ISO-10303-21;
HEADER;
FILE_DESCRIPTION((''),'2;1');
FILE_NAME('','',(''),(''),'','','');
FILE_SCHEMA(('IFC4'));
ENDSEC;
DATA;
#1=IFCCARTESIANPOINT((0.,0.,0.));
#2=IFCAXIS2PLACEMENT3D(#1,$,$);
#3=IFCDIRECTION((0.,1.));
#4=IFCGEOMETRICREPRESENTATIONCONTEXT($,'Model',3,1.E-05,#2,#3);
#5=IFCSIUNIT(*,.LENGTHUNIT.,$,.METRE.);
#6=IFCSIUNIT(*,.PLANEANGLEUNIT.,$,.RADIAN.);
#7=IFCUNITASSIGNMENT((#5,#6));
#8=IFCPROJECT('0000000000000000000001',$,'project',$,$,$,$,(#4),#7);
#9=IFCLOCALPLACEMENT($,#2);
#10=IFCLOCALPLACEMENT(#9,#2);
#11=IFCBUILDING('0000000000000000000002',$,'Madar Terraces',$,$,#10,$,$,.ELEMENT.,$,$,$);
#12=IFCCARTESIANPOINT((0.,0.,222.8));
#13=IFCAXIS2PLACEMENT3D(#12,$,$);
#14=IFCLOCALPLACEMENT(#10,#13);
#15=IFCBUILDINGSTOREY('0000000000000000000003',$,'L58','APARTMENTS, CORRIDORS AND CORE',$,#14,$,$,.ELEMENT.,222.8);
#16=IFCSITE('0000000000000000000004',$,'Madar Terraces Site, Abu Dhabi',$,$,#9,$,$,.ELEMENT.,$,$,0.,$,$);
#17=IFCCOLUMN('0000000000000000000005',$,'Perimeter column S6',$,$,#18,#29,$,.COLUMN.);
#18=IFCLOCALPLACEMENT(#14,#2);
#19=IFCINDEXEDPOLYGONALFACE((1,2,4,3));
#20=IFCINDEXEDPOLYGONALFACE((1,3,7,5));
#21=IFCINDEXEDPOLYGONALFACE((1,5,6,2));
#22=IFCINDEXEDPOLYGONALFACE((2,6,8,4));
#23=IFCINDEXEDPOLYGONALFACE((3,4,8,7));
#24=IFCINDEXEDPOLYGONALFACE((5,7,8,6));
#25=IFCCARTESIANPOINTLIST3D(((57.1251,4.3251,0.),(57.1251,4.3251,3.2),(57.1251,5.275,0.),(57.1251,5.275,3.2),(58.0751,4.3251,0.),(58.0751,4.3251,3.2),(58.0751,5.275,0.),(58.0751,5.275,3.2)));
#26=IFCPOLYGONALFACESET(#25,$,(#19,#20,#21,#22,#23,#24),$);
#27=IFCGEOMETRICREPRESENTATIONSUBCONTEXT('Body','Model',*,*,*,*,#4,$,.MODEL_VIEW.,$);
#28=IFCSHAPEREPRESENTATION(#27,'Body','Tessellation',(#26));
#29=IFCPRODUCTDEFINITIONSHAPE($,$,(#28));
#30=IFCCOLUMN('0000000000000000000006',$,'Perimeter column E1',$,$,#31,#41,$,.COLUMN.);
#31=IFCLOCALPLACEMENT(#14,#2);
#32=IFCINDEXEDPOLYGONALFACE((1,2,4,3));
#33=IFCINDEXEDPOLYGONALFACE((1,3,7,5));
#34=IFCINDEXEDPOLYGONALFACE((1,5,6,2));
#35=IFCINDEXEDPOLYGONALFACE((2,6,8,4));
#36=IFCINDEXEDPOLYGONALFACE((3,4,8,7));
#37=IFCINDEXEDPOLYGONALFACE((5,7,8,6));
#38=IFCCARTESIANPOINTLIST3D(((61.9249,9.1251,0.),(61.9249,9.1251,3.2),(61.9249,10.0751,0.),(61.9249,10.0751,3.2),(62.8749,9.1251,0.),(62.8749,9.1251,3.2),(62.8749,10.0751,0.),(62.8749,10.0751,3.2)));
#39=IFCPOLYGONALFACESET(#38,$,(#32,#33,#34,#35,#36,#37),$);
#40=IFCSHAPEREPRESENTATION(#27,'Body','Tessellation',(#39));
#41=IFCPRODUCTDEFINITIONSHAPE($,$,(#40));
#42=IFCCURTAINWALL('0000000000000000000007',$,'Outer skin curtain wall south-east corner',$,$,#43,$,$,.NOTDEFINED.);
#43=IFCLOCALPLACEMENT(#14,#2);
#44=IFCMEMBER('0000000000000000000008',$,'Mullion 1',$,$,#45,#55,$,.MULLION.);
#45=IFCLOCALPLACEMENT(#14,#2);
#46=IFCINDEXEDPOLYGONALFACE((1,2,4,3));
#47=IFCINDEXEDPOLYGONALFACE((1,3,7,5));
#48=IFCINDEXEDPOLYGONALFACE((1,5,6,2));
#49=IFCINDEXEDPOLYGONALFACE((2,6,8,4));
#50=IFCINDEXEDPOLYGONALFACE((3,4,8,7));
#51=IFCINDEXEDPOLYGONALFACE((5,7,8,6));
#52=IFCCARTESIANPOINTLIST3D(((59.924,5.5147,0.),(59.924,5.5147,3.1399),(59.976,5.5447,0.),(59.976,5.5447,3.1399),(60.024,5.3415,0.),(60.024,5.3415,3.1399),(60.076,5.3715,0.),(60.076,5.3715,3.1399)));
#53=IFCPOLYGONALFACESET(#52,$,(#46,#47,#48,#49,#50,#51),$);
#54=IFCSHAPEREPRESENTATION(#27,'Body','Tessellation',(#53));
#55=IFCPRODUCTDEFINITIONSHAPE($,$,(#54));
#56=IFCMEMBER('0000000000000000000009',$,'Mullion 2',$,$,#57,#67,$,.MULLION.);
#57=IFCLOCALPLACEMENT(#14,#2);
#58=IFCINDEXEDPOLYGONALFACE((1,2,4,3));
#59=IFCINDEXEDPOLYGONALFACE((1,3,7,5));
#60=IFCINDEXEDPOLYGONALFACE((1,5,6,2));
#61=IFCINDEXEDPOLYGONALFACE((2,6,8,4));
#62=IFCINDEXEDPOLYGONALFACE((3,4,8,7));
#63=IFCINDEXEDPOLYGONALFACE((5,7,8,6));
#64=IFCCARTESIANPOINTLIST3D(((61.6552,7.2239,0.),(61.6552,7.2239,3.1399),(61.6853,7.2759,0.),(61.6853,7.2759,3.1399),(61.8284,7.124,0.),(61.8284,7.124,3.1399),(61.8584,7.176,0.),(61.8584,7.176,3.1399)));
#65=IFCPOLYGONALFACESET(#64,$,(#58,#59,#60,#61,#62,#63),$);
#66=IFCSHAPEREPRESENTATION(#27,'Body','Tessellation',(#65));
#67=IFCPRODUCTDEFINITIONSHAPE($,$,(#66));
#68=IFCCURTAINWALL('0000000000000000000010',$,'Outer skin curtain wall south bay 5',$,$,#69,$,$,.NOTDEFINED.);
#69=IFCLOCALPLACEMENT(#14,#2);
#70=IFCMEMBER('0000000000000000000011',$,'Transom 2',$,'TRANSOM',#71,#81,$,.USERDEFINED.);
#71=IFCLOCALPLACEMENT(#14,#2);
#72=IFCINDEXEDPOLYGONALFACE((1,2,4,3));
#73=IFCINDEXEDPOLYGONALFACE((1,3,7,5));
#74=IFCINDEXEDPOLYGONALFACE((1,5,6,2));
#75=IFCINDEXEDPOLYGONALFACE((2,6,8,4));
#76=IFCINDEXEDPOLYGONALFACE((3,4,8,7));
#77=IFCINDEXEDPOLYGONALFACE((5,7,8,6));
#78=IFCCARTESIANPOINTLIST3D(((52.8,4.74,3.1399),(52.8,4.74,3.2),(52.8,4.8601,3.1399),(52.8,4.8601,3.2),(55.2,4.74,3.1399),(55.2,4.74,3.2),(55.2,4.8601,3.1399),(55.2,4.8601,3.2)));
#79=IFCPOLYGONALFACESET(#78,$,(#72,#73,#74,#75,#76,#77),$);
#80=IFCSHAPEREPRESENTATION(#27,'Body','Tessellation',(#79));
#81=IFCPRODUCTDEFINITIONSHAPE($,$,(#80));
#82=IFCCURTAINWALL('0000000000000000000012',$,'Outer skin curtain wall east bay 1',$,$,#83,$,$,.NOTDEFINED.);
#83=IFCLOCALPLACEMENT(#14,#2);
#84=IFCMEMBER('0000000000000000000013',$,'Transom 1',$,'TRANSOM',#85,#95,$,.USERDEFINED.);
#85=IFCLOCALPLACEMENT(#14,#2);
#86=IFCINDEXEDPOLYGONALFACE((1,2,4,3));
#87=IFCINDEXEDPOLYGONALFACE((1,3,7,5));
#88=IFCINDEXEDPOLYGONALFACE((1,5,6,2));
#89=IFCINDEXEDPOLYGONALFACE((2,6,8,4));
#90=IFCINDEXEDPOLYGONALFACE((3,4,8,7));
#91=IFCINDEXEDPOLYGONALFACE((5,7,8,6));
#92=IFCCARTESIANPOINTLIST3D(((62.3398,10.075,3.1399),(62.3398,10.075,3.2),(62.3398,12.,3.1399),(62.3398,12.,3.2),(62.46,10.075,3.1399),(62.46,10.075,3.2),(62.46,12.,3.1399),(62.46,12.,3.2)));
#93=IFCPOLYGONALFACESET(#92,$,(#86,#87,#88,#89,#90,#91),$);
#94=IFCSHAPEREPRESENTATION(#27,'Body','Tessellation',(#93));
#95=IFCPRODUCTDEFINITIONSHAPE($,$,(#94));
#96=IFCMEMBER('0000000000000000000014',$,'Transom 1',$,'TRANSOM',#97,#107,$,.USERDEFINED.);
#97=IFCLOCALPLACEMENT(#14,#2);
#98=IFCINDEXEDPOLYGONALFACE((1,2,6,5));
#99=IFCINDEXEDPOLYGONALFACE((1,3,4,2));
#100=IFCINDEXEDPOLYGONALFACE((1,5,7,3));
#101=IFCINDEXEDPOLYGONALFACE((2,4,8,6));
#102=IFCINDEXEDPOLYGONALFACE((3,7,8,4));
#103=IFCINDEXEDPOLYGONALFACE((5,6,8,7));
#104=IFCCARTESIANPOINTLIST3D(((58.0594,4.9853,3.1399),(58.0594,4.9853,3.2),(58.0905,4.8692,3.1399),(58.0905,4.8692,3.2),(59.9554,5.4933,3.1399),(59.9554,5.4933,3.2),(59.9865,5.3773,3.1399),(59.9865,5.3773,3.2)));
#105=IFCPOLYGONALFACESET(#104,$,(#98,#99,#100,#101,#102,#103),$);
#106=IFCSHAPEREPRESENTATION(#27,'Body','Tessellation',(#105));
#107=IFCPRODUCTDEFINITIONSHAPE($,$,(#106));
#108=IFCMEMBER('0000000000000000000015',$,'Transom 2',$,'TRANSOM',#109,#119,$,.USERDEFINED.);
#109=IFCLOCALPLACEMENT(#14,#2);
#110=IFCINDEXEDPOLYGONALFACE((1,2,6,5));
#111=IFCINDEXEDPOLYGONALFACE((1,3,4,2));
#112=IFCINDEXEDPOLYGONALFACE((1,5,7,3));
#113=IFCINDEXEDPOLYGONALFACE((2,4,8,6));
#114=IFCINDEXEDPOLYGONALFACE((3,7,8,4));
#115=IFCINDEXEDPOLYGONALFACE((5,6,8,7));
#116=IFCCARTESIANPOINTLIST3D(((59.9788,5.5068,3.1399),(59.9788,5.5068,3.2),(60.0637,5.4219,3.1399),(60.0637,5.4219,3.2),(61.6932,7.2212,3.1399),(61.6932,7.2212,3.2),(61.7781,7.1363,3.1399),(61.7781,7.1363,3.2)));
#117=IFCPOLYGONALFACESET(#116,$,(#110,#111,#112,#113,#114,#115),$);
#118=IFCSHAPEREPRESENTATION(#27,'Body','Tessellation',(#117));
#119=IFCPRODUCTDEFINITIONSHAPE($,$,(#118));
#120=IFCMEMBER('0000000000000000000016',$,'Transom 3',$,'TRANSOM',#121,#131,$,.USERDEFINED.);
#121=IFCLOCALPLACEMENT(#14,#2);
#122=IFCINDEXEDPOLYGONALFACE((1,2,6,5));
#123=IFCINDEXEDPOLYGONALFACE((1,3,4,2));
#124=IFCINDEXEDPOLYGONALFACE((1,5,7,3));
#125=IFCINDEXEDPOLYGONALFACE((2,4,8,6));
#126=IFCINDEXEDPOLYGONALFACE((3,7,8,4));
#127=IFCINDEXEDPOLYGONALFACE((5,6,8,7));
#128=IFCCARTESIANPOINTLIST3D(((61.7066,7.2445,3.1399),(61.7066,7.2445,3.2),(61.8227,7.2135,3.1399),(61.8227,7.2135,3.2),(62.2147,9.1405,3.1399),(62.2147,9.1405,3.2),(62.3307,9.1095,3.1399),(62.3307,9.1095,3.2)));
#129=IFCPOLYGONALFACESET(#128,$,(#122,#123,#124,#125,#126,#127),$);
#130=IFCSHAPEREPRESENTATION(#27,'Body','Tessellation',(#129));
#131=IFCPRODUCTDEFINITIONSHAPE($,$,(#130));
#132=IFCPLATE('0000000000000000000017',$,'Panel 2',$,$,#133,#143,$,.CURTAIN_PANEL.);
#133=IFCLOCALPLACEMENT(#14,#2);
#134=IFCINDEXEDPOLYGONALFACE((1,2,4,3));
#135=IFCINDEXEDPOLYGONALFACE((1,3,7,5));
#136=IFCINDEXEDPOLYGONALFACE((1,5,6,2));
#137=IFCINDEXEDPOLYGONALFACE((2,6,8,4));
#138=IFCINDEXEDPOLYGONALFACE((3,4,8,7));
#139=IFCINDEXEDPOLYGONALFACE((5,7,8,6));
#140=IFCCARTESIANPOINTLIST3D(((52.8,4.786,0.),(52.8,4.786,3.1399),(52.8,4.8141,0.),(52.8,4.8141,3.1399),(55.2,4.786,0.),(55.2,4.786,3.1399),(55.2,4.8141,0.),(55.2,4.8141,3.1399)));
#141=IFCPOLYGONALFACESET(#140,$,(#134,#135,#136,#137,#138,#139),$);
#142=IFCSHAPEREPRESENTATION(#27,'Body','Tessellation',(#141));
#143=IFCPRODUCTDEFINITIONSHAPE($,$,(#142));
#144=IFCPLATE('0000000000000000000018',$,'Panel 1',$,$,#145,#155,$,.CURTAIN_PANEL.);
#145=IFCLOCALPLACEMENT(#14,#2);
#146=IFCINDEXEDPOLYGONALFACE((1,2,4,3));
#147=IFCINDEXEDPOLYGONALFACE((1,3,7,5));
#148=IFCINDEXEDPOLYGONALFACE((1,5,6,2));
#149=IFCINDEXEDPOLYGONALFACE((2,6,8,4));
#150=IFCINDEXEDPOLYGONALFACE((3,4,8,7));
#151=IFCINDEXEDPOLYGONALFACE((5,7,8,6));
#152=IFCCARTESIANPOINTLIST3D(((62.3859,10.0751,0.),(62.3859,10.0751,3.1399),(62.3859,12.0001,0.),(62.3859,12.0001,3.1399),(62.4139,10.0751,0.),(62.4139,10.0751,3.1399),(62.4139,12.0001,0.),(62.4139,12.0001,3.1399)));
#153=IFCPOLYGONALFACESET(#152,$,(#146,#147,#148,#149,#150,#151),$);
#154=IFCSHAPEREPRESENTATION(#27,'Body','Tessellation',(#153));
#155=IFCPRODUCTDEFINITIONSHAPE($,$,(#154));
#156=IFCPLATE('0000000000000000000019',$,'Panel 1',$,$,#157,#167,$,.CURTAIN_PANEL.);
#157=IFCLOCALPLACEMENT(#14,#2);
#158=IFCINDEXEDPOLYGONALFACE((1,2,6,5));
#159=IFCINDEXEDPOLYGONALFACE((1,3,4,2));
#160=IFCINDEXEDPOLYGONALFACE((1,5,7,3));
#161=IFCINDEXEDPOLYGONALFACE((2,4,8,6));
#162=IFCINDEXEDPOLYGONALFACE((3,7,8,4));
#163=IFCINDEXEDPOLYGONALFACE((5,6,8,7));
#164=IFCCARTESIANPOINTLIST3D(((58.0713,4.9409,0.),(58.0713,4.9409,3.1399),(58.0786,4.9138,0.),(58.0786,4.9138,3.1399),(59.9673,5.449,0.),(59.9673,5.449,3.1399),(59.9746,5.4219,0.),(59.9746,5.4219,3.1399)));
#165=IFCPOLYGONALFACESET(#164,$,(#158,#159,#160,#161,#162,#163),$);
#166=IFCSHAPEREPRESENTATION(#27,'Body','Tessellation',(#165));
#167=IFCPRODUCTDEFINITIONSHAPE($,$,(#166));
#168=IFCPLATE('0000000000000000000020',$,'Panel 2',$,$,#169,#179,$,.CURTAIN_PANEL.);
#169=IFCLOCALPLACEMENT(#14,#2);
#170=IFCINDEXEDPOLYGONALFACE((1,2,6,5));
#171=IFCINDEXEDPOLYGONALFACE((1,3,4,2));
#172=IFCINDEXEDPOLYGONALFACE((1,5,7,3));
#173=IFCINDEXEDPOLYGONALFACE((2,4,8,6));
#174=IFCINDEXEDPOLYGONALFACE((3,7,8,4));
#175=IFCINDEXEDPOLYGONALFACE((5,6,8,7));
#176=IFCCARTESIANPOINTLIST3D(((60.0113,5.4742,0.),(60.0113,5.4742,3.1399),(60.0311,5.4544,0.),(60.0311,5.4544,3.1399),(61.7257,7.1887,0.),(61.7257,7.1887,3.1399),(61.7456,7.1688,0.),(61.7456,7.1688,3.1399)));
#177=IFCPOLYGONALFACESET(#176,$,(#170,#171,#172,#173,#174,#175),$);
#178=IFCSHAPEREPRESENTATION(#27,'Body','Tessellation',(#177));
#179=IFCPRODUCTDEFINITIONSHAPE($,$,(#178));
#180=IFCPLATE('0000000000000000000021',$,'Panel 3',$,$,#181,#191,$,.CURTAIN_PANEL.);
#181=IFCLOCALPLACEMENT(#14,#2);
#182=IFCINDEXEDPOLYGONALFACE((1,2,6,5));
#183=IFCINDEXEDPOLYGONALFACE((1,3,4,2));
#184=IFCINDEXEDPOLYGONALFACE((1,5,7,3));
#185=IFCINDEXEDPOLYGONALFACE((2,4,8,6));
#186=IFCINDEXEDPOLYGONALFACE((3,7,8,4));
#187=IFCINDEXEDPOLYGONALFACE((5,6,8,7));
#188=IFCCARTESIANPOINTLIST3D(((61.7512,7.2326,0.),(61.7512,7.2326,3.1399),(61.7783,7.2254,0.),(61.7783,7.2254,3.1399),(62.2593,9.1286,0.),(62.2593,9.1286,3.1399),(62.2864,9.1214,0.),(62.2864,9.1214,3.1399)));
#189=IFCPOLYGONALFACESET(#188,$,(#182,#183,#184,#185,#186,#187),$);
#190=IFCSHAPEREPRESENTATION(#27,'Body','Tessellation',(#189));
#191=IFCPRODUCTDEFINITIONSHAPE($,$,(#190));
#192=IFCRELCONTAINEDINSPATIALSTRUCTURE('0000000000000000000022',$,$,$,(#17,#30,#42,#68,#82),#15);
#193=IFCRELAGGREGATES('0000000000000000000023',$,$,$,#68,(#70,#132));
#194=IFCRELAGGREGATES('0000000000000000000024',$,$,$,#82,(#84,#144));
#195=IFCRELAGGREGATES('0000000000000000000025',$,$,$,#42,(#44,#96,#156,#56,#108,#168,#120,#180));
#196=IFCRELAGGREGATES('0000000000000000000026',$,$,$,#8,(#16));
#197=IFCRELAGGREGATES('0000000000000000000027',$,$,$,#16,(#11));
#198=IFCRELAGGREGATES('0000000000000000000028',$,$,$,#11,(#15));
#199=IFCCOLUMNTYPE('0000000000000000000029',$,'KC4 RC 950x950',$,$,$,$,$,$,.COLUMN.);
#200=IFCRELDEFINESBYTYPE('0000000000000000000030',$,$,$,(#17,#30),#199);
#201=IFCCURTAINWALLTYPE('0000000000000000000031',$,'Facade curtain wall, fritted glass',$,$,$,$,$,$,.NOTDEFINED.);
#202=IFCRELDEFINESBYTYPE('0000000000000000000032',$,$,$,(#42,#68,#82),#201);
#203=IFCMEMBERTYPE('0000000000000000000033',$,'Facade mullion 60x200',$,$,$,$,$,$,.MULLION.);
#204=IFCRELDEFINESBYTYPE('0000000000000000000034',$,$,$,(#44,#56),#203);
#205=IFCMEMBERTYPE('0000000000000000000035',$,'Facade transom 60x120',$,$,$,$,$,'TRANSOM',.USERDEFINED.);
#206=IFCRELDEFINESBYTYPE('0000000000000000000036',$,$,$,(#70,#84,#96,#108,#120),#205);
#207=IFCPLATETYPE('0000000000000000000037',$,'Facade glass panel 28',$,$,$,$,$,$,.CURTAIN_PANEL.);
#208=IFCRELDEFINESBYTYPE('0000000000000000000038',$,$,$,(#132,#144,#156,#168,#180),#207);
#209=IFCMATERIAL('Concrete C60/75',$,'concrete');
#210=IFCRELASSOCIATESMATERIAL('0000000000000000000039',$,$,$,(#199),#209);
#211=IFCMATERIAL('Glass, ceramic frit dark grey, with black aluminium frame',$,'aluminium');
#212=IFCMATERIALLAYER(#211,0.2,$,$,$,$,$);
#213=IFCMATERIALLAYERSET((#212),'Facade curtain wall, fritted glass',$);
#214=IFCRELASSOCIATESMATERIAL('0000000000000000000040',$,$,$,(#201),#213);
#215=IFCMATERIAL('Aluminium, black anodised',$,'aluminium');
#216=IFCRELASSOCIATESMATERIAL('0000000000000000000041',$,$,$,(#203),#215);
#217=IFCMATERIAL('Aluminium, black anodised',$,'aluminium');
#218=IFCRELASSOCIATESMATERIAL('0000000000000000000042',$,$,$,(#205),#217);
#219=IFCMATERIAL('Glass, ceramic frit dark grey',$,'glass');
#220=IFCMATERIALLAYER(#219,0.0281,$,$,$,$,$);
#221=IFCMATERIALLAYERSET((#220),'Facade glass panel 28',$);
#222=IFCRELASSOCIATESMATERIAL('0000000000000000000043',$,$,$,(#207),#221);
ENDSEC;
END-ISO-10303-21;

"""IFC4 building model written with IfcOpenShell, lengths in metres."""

from ifc_helpers import new_model, si_unit, direction, frame, origin, origin_2d, place, context, subcontext, project, spatial, rectangle, extrude, material, layer, layer_set, material_profile, profile_set, type_object, element, aggregate, save


model = new_model("IFC4")

# Units and contexts
model_context = context("Model", 3, precision=1e-05, world=origin(), true_north=direction((0.0, 1.0)))
body_context = subcontext(model_context, "Body", "Model", "MODEL_VIEW")
ifc_project = project(units=[si_unit("LENGTHUNIT", "METRE"), si_unit("PLANEANGLEUNIT", "RADIAN")], contexts=[model_context])

# Site, building, storey
site_placement = place(None, origin())
site = spatial("IfcSite", under=ifc_project, at=site_placement, Name="Madar Terraces Site, Abu Dhabi", CompositionType="ELEMENT", RefElevation=0.0)
building_placement = place(site_placement, origin())
building = spatial("IfcBuilding", under=site, at=building_placement, Name="Madar Terraces", CompositionType="ELEMENT")
storey_placement = place(building_placement, frame((0.0, 0.0, 222.8)))
storey = spatial("IfcBuildingStorey", under=building, at=storey_placement, Name="L58", Description="APARTMENTS, CORRIDORS AND CORE", CompositionType="ELEMENT", Elevation=222.8)

# Columns
ifc_material_1 = material(Name="Concrete C60/75", Category="concrete")
ifc_material_profile_1 = material_profile(ifc_material_1, rectangle(XDim=0.95, YDim=0.95, at=origin_2d()), Name="KC4 RC 950x950")
ifc_profile_set_1 = profile_set([ifc_material_profile_1], Name="Concrete C60/75")
column_type = type_object("IfcColumnType", Name="KC4 RC 950x950", PredefinedType="COLUMN", material=ifc_profile_set_1)
for number, where, z_axis, x_axis, name in (
    (1, (57.6001, 4.8, 0.0), (0.0, 0.0, 1.0), (1.0, 0.0, 0.0), "Perimeter column S6"),
    (2, (62.3999, 9.6001, 0.0), (0.0, 0.0, 1.0), (1.0, 0.0, 0.0), "Perimeter column E1"),
):
    element("IfcColumn", number, at=place(storey_placement, frame(where, z_axis=z_axis, x_axis=x_axis)), inside=storey, type_object=column_type, Name=name, PredefinedType="COLUMN", context=body_context, shape_type="SweptSolid", body=[
        extrude(rectangle(XDim=0.95, YDim=0.95, at=origin_2d()), origin(), (0.0, 0.0, 1.0), 3.2),
    ])

# Curtain wall, members
ifc_material_2 = material(Name="Glass, ceramic frit dark grey, with black aluminium frame", Category="aluminium")
ifc_layer_1 = layer(ifc_material_2, 0.2)
ifc_layer_set_1 = layer_set([ifc_layer_1], Name="Facade curtain wall, fritted glass")
curtain_wall_type = type_object("IfcCurtainWallType", Name="Facade curtain wall, fritted glass", PredefinedType="NOTDEFINED", material=ifc_layer_set_1)
curtain_wall_1_placement = place(storey_placement, origin())
curtain_wall_1 = element("IfcCurtainWall", 3, at=curtain_wall_1_placement, inside=storey, type_object=curtain_wall_type, Name="Outer skin curtain wall south-east corner", PredefinedType="NOTDEFINED")
ifc_material_3 = material(Name="Aluminium, black anodised", Category="aluminium")
ifc_material_profile_2 = material_profile(ifc_material_3, rectangle(XDim=0.2, YDim=0.0601, at=origin_2d()), Name="Facade mullion 60x200")
ifc_profile_set_2 = profile_set([ifc_material_profile_2], Name="Aluminium, black anodised")
member_type_1 = type_object("IfcMemberType", Name="Facade mullion 60x200", PredefinedType="MULLION", material=ifc_profile_set_2)
member_1_placement = place(storey_placement, frame((60.0, 5.4431, 0.0), z_axis=(0.0, 0.0, 1.0), x_axis=(-0.5, 0.866025, 0.0)))
member_1 = element("IfcMember", 4, at=member_1_placement, type_object=member_type_1, Name="Mullion 1", PredefinedType="MULLION", context=body_context, shape_type="SweptSolid", body=[
    extrude(rectangle(XDim=0.2, YDim=0.0601, at=origin_2d()), origin(), (0.0, 0.0, 1.0), 3.1399),
])
member_2_placement = place(storey_placement, frame((61.7568, 7.2, 0.0), z_axis=(0.0, 0.0, 1.0), x_axis=(-0.866025, 0.5, 0.0)))
member_2 = element("IfcMember", 5, at=member_2_placement, type_object=member_type_1, Name="Mullion 2", PredefinedType="MULLION", context=body_context, shape_type="SweptSolid", body=[
    extrude(rectangle(XDim=0.2, YDim=0.0601, at=origin_2d()), origin(), (0.0, 0.0, 1.0), 3.1399),
])

# Curtain walls, members
curtain_wall_2_placement = place(storey_placement, origin())
curtain_wall_2 = element("IfcCurtainWall", 6, at=curtain_wall_2_placement, inside=storey, type_object=curtain_wall_type, Name="Outer skin curtain wall south bay 5", PredefinedType="NOTDEFINED")
ifc_material_4 = material(Name="Aluminium, black anodised", Category="aluminium")
ifc_material_profile_3 = material_profile(ifc_material_4, rectangle(XDim=0.1201, YDim=0.0601, at=origin_2d()), Name="Facade transom 60x120")
ifc_profile_set_3 = profile_set([ifc_material_profile_3], Name="Aluminium, black anodised")
member_type_2 = type_object("IfcMemberType", Name="Facade transom 60x120", ElementType="TRANSOM", PredefinedType="USERDEFINED", material=ifc_profile_set_3)
member_3_placement = place(storey_placement, frame((52.8, 4.8, 3.1699), z_axis=(1.0, 0.0, 0.0), x_axis=(0.0, 1.0, 0.0)))
member_3 = element("IfcMember", 7, at=member_3_placement, type_object=member_type_2, Name="Transom 2", ObjectType="TRANSOM", PredefinedType="USERDEFINED", context=body_context, shape_type="SweptSolid", body=[
    extrude(rectangle(XDim=0.1201, YDim=0.0601, at=origin_2d()), origin(), (0.0, 0.0, 1.0), 2.3999),
])
curtain_wall_3_placement = place(storey_placement, origin())
curtain_wall_3 = element("IfcCurtainWall", 8, at=curtain_wall_3_placement, inside=storey, type_object=curtain_wall_type, Name="Outer skin curtain wall east bay 1", PredefinedType="NOTDEFINED")
member_4_placement = place(storey_placement, frame((62.3999, 10.075, 3.1699), z_axis=(0.0, 1.0, 0.0), x_axis=(-1.0, 0.0, 0.0)))
member_4 = element("IfcMember", 9, at=member_4_placement, type_object=member_type_2, Name="Transom 1", ObjectType="TRANSOM", PredefinedType="USERDEFINED", context=body_context, shape_type="SweptSolid", body=[
    extrude(rectangle(XDim=0.1201, YDim=0.0601, at=origin_2d()), origin(), (0.0, 0.0, 1.0), 1.925),
])

# Members
member_5_placement = place(storey_placement, frame((58.075, 4.9272, 3.1699), z_axis=(0.965923, 0.258831, 0.0), x_axis=(-0.258831, 0.965923, 0.0)))
member_5 = element("IfcMember", 10, at=member_5_placement, type_object=member_type_2, Name="Transom 1", ObjectType="TRANSOM", PredefinedType="USERDEFINED", context=body_context, shape_type="SweptSolid", body=[
    extrude(rectangle(XDim=0.1201, YDim=0.0601, at=origin_2d()), origin(), (0.0, 0.0, 1.0), 1.9629),
])
member_6_placement = place(storey_placement, frame((60.0212, 5.4644, 3.1699), z_axis=(0.707107, 0.707107, 0.0), x_axis=(-0.707107, 0.707107, 0.0)))
member_6 = element("IfcMember", 11, at=member_6_placement, type_object=member_type_2, Name="Transom 2", ObjectType="TRANSOM", PredefinedType="USERDEFINED", context=body_context, shape_type="SweptSolid", body=[
    extrude(rectangle(XDim=0.1201, YDim=0.0601, at=origin_2d()), origin(), (0.0, 0.0, 1.0), 2.4246),
])
member_7_placement = place(storey_placement, frame((61.7646, 7.229, 3.1699), z_axis=(0.258831, 0.965923, 0.0), x_axis=(-0.965923, 0.258831, 0.0)))
member_7 = element("IfcMember", 12, at=member_7_placement, type_object=member_type_2, Name="Transom 3", ObjectType="TRANSOM", PredefinedType="USERDEFINED", context=body_context, shape_type="SweptSolid", body=[
    extrude(rectangle(XDim=0.1201, YDim=0.0601, at=origin_2d()), origin(), (0.0, 0.0, 1.0), 1.9629),
])

# Plates
ifc_material_5 = material(Name="Glass, ceramic frit dark grey", Category="glass")
ifc_layer_2 = layer(ifc_material_5, 0.0281)
ifc_layer_set_2 = layer_set([ifc_layer_2], Name="Facade glass panel 28")
plate_type = type_object("IfcPlateType", Name="Facade glass panel 28", PredefinedType="CURTAIN_PANEL", material=ifc_layer_set_2)
plate_1_placement = place(storey_placement, frame((54.0, 4.8, 0.0), z_axis=(0.0, 0.0, 1.0), x_axis=(1.0, 0.0, 0.0)))
plate_1 = element("IfcPlate", 13, at=plate_1_placement, type_object=plate_type, Name="Panel 2", PredefinedType="CURTAIN_PANEL", context=body_context, shape_type="SweptSolid", body=[
    extrude(rectangle(XDim=2.3999, YDim=0.0281, at=origin_2d()), origin(), (0.0, 0.0, 1.0), 3.1399),
])
aggregate(curtain_wall_2, [member_3, plate_1])
plate_2_placement = place(storey_placement, frame((62.3999, 11.0376, 0.0), z_axis=(0.0, 0.0, 1.0), x_axis=(0.0, 1.0, 0.0)))
plate_2 = element("IfcPlate", 14, at=plate_2_placement, type_object=plate_type, Name="Panel 1", PredefinedType="CURTAIN_PANEL", context=body_context, shape_type="SweptSolid", body=[
    extrude(rectangle(XDim=1.925, YDim=0.0281, at=origin_2d()), origin(), (0.0, 0.0, 1.0), 3.1399),
])
aggregate(curtain_wall_3, [member_4, plate_2])
plate_3_placement = place(storey_placement, frame((59.0229, 5.1814, 0.0), z_axis=(0.0, 0.0, 1.0), x_axis=(0.965926, 0.258819, 0.0)))
plate_3 = element("IfcPlate", 15, at=plate_3_placement, type_object=plate_type, Name="Panel 1", PredefinedType="CURTAIN_PANEL", context=body_context, shape_type="SweptSolid", body=[
    extrude(rectangle(XDim=1.9629, YDim=0.0281, at=origin_2d()), origin(), (0.0, 0.0, 1.0), 3.1399),
])
plate_4_placement = place(storey_placement, frame((60.8784, 6.3215, 0.0), z_axis=(0.0, 0.0, 1.0), x_axis=(0.707107, 0.707107, 0.0)))
plate_4 = element("IfcPlate", 16, at=plate_4_placement, type_object=plate_type, Name="Panel 2", PredefinedType="CURTAIN_PANEL", context=body_context, shape_type="SweptSolid", body=[
    extrude(rectangle(XDim=2.4246, YDim=0.0281, at=origin_2d()), origin(), (0.0, 0.0, 1.0), 3.1399),
])
plate_5_placement = place(storey_placement, frame((62.0188, 8.177, 0.0), z_axis=(0.0, 0.0, 1.0), x_axis=(0.258819, 0.965926, 0.0)))
plate_5 = element("IfcPlate", 17, at=plate_5_placement, type_object=plate_type, Name="Panel 3", PredefinedType="CURTAIN_PANEL", context=body_context, shape_type="SweptSolid", body=[
    extrude(rectangle(XDim=1.9629, YDim=0.0281, at=origin_2d()), origin(), (0.0, 0.0, 1.0), 3.1399),
])
aggregate(curtain_wall_1, [member_1, member_5, plate_3, member_2, member_6, plate_4, member_7, plate_5])

save(model, "model.ifc")
